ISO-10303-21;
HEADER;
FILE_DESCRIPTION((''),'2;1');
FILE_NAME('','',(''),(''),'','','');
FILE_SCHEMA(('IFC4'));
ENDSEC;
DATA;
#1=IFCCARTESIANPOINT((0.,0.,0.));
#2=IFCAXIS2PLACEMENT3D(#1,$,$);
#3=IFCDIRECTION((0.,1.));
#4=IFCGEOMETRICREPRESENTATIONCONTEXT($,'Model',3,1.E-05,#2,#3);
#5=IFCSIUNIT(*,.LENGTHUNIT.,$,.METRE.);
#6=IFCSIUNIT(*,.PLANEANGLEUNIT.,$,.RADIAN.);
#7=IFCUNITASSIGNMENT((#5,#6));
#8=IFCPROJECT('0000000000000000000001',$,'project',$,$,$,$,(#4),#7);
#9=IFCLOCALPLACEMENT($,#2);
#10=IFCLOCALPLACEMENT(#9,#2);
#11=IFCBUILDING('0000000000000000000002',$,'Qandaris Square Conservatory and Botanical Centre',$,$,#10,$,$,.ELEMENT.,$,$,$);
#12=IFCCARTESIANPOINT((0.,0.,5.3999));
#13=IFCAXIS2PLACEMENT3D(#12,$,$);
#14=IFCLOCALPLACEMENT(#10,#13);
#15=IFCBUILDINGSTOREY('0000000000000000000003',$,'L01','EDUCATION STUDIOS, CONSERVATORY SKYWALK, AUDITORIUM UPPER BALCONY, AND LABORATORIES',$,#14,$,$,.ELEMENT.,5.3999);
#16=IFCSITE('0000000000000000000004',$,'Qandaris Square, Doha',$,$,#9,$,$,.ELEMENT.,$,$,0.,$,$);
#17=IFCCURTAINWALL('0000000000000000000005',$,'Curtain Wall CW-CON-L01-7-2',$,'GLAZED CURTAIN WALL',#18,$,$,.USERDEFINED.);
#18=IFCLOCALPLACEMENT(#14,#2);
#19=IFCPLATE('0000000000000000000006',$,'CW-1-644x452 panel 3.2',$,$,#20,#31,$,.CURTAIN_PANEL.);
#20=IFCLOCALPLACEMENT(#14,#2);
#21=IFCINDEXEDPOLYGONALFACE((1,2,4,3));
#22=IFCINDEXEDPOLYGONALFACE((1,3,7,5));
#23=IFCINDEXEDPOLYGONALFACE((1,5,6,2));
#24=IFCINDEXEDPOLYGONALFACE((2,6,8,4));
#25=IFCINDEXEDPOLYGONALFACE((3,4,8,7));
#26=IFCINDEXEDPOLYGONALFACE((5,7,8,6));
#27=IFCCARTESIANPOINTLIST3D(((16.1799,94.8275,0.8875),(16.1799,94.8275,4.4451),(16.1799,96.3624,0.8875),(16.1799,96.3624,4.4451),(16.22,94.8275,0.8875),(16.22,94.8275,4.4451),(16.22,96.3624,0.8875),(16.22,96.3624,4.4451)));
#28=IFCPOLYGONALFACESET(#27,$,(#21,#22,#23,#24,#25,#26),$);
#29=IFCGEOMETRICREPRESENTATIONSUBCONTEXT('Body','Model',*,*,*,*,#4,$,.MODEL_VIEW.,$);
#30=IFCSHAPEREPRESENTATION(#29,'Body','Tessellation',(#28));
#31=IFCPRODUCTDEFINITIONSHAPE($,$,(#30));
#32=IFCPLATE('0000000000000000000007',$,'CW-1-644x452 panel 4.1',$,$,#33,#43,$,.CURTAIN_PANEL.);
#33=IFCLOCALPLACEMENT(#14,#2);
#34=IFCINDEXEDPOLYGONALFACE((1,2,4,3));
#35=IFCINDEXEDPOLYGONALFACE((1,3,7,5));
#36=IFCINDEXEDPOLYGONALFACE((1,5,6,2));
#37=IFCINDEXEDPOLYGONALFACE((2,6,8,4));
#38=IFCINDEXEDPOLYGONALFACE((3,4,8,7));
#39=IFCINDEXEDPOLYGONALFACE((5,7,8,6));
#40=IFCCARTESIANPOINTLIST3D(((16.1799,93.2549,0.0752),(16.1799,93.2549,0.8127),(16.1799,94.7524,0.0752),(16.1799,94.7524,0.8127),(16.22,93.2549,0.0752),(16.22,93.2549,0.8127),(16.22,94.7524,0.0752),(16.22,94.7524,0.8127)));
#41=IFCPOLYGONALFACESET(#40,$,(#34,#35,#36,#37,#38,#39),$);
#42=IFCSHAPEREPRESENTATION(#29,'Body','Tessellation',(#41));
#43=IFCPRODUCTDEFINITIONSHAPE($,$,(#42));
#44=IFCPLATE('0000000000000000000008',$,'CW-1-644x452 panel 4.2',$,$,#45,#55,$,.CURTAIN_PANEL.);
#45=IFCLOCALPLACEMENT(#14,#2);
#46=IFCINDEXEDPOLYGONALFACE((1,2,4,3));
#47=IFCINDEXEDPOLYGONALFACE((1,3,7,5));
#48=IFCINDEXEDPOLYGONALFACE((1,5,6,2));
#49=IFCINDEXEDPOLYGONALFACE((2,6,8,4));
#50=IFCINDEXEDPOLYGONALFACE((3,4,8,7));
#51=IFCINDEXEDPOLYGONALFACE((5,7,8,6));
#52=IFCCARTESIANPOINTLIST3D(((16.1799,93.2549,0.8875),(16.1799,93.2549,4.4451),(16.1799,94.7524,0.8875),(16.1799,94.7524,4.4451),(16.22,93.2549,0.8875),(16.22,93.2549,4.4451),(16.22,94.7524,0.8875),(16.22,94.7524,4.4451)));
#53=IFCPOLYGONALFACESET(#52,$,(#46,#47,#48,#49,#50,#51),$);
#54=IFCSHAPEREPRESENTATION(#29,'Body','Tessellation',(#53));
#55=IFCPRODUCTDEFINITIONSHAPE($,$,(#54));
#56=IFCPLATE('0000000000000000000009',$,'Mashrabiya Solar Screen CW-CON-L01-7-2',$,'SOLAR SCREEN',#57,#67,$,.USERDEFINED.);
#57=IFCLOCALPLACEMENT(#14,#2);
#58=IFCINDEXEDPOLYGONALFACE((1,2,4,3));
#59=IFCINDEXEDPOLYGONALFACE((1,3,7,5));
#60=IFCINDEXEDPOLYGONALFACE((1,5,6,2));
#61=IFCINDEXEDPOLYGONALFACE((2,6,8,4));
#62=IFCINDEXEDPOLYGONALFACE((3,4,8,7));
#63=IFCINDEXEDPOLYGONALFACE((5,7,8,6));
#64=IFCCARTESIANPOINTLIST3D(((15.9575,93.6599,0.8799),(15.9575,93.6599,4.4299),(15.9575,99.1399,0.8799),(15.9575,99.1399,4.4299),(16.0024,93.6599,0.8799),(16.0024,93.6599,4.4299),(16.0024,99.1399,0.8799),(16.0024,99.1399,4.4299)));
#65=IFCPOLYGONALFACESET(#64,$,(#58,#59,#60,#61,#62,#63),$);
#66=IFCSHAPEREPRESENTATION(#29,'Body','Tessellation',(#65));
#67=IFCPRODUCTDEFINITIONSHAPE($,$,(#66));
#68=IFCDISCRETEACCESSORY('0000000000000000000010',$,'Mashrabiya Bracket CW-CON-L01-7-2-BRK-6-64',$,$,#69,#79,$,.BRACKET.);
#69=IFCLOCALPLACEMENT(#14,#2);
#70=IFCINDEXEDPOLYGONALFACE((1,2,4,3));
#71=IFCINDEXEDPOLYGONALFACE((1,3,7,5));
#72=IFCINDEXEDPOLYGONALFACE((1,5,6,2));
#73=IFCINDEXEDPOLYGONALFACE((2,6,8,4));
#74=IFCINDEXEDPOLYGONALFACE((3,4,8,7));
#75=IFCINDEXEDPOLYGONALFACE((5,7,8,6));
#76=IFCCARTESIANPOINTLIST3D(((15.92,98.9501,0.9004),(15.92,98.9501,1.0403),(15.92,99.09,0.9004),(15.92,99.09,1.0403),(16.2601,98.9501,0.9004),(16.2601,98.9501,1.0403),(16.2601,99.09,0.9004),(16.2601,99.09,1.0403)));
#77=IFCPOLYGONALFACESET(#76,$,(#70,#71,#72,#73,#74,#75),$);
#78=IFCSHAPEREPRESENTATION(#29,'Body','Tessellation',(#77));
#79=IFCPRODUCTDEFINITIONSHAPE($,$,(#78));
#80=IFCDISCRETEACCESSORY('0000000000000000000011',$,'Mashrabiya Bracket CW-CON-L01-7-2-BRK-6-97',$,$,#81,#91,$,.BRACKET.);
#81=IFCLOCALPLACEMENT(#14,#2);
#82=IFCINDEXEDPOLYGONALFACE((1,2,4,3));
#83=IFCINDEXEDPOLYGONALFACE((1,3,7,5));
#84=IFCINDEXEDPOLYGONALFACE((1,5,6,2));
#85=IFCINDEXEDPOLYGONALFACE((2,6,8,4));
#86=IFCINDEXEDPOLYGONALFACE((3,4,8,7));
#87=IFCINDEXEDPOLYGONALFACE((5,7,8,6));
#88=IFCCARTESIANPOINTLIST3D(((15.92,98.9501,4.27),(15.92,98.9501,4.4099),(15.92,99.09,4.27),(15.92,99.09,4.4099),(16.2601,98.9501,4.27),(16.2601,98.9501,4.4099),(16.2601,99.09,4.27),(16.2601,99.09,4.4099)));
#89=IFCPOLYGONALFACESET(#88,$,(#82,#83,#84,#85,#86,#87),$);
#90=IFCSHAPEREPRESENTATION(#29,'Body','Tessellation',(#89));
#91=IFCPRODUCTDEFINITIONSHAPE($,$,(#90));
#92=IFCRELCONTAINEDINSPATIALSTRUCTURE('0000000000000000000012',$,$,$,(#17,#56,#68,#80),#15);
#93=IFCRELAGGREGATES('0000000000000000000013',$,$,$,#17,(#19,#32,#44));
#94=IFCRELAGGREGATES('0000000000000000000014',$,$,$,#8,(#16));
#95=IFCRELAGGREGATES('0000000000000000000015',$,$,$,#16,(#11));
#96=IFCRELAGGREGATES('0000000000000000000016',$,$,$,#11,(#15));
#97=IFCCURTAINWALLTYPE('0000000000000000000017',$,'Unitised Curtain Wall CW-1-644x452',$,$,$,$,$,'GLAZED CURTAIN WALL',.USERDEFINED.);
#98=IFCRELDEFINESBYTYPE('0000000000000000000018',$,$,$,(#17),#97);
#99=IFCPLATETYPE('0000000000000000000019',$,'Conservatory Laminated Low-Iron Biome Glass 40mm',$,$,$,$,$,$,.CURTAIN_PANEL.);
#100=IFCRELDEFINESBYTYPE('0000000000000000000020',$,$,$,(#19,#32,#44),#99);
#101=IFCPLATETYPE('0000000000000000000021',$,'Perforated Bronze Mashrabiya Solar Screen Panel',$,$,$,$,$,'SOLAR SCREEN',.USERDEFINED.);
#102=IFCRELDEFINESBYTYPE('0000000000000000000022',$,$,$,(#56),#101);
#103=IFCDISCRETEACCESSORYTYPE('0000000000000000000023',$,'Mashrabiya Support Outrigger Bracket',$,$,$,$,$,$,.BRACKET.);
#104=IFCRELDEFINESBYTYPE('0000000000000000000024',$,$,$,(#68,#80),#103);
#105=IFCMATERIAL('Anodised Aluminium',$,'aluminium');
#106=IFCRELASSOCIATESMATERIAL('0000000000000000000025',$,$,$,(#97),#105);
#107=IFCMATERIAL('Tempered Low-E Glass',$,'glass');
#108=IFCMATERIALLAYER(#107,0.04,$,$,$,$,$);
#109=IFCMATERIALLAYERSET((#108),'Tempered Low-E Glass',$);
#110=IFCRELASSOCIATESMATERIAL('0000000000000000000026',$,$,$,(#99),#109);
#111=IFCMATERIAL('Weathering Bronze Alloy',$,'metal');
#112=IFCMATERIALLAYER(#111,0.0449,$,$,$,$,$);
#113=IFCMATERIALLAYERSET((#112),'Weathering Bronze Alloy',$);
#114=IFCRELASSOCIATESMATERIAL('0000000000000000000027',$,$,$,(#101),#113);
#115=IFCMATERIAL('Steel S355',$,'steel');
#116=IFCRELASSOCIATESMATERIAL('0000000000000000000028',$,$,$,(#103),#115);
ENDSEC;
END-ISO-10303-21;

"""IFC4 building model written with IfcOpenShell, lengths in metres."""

from ifc_helpers import new_model, si_unit, direction, frame, origin, origin_2d, place, context, subcontext, project, spatial, rectangle, extrude, material, layer, layer_set, type_object, element, aggregate, save


model = new_model("IFC4")

# Units and contexts
model_context = context("Model", 3, precision=1e-05, world=origin(), true_north=direction((0.0, 1.0)))
body_context = subcontext(model_context, "Body", "Model", "MODEL_VIEW")
ifc_project = project(units=[si_unit("LENGTHUNIT", "METRE"), si_unit("PLANEANGLEUNIT", "RADIAN")], contexts=[model_context])

# Site, building, storey
site_placement = place(None, origin())
site = spatial("IfcSite", under=ifc_project, at=site_placement, Name="Qandaris Square, Doha", CompositionType="ELEMENT", RefElevation=0.0)
building_placement = place(site_placement, origin())
building = spatial("IfcBuilding", under=site, at=building_placement, Name="Qandaris Square Conservatory and Botanical Centre", CompositionType="ELEMENT")
storey_placement = place(building_placement, frame((0.0, 0.0, 5.3999)))
storey = spatial("IfcBuildingStorey", under=building, at=storey_placement, Name="L01", Description="EDUCATION STUDIOS, CONSERVATORY SKYWALK, AUDITORIUM UPPER BALCONY, AND LABORATORIES", CompositionType="ELEMENT", Elevation=5.3999)

# Shared definitions
ifc_material_1 = material(Name="Steel S355", Category="steel")

# Shared definitions
ifc_material_2 = material(Name="Anodised Aluminium", Category="aluminium")
curtain_wall_type = type_object("IfcCurtainWallType", Name="Unitised Curtain Wall CW-1-644x452", ElementType="GLAZED CURTAIN WALL", PredefinedType="USERDEFINED", material=ifc_material_2)

# Curtain wall, plates
curtain_wall_1_placement = place(storey_placement, origin())
curtain_wall_1 = element("IfcCurtainWall", 1, at=curtain_wall_1_placement, inside=storey, type_object=curtain_wall_type, Name="Curtain Wall CW-CON-L01-7-2", ObjectType="GLAZED CURTAIN WALL", PredefinedType="USERDEFINED")
ifc_material_3 = material(Name="Tempered Low-E Glass", Category="glass")
ifc_layer_1 = layer(ifc_material_3, 0.04)
ifc_layer_set_1 = layer_set([ifc_layer_1], Name="Tempered Low-E Glass")
plate_type_1 = type_object("IfcPlateType", Name="Conservatory Laminated Low-Iron Biome Glass 40mm", PredefinedType="CURTAIN_PANEL", material=ifc_layer_set_1)
plate_1_placement = place(storey_placement, frame((16.2, 95.595, 0.8875), z_axis=(0.0, 0.0, 1.0), x_axis=(0.0, -1.0, 0.0)))
plate_1 = element("IfcPlate", 2, at=plate_1_placement, type_object=plate_type_1, Name="CW-1-644x452 panel 3.2", PredefinedType="CURTAIN_PANEL", context=body_context, shape_type="SweptSolid", body=[
    extrude(rectangle(XDim=1.5349, YDim=0.04, at=origin_2d()), origin(), (0.0, 0.0, 1.0), 3.5576),
])
plate_2_placement = place(storey_placement, frame((16.2, 94.0037, 0.0752), z_axis=(0.0, 0.0, 1.0), x_axis=(0.0, -1.0, 0.0)))
plate_2 = element("IfcPlate", 3, at=plate_2_placement, type_object=plate_type_1, Name="CW-1-644x452 panel 4.1", PredefinedType="CURTAIN_PANEL", context=body_context, shape_type="SweptSolid", body=[
    extrude(rectangle(XDim=1.4976, YDim=0.04, at=origin_2d()), origin(), (0.0, 0.0, 1.0), 0.7375),
])
plate_3_placement = place(storey_placement, frame((16.2, 94.0037, 0.8875), z_axis=(0.0, 0.0, 1.0), x_axis=(0.0, -1.0, 0.0)))
plate_3 = element("IfcPlate", 4, at=plate_3_placement, type_object=plate_type_1, Name="CW-1-644x452 panel 4.2", PredefinedType="CURTAIN_PANEL", context=body_context, shape_type="SweptSolid", body=[
    extrude(rectangle(XDim=1.4976, YDim=0.04, at=origin_2d()), origin(), (0.0, 0.0, 1.0), 3.5576),
])
aggregate(curtain_wall_1, [plate_1, plate_2, plate_3])

# Plate
ifc_material_4 = material(Name="Weathering Bronze Alloy", Category="metal")
ifc_layer_2 = layer(ifc_material_4, 0.0449)
ifc_layer_set_2 = layer_set([ifc_layer_2], Name="Weathering Bronze Alloy")
plate_type_2 = type_object("IfcPlateType", Name="Perforated Bronze Mashrabiya Solar Screen Panel", ElementType="SOLAR SCREEN", PredefinedType="USERDEFINED", material=ifc_layer_set_2)
plate_4_placement = place(storey_placement, frame((15.98, 96.3999, 0.8799), z_axis=(0.0, 0.0, 1.0), x_axis=(0.0, -1.0, 0.0)))
element("IfcPlate", 5, at=plate_4_placement, inside=storey, type_object=plate_type_2, Name="Mashrabiya Solar Screen CW-CON-L01-7-2", ObjectType="SOLAR SCREEN", PredefinedType="USERDEFINED", context=body_context, shape_type="SweptSolid", body=[
    extrude(rectangle(XDim=5.48, YDim=0.0449, at=origin_2d()), origin(), (0.0, 0.0, 1.0), 3.55),
])

# Discrete accessories
discrete_accessory_type = type_object("IfcDiscreteAccessoryType", Name="Mashrabiya Support Outrigger Bracket", PredefinedType="BRACKET", material=ifc_material_1)
for number, where, z_axis, x_axis, name in (
    (6, (16.0901, 99.02, 0.9004), (0.0, 0.0, 1.0), (0.0, -1.0, 0.0), "Mashrabiya Bracket CW-CON-L01-7-2-BRK-6-64"),
    (7, (16.0901, 99.02, 4.27), (0.0, 0.0, 1.0), (0.0, -1.0, 0.0), "Mashrabiya Bracket CW-CON-L01-7-2-BRK-6-97"),
):
    element("IfcDiscreteAccessory", number, at=place(storey_placement, frame(where, z_axis=z_axis, x_axis=x_axis)), inside=storey, type_object=discrete_accessory_type, Name=name, PredefinedType="BRACKET", context=body_context, shape_type="SweptSolid", body=[
        extrude(rectangle(XDim=0.1399, YDim=0.3401, at=origin_2d()), origin(), (0.0, 0.0, 1.0), 0.1399),
    ])

save(model, "model.ifc")
